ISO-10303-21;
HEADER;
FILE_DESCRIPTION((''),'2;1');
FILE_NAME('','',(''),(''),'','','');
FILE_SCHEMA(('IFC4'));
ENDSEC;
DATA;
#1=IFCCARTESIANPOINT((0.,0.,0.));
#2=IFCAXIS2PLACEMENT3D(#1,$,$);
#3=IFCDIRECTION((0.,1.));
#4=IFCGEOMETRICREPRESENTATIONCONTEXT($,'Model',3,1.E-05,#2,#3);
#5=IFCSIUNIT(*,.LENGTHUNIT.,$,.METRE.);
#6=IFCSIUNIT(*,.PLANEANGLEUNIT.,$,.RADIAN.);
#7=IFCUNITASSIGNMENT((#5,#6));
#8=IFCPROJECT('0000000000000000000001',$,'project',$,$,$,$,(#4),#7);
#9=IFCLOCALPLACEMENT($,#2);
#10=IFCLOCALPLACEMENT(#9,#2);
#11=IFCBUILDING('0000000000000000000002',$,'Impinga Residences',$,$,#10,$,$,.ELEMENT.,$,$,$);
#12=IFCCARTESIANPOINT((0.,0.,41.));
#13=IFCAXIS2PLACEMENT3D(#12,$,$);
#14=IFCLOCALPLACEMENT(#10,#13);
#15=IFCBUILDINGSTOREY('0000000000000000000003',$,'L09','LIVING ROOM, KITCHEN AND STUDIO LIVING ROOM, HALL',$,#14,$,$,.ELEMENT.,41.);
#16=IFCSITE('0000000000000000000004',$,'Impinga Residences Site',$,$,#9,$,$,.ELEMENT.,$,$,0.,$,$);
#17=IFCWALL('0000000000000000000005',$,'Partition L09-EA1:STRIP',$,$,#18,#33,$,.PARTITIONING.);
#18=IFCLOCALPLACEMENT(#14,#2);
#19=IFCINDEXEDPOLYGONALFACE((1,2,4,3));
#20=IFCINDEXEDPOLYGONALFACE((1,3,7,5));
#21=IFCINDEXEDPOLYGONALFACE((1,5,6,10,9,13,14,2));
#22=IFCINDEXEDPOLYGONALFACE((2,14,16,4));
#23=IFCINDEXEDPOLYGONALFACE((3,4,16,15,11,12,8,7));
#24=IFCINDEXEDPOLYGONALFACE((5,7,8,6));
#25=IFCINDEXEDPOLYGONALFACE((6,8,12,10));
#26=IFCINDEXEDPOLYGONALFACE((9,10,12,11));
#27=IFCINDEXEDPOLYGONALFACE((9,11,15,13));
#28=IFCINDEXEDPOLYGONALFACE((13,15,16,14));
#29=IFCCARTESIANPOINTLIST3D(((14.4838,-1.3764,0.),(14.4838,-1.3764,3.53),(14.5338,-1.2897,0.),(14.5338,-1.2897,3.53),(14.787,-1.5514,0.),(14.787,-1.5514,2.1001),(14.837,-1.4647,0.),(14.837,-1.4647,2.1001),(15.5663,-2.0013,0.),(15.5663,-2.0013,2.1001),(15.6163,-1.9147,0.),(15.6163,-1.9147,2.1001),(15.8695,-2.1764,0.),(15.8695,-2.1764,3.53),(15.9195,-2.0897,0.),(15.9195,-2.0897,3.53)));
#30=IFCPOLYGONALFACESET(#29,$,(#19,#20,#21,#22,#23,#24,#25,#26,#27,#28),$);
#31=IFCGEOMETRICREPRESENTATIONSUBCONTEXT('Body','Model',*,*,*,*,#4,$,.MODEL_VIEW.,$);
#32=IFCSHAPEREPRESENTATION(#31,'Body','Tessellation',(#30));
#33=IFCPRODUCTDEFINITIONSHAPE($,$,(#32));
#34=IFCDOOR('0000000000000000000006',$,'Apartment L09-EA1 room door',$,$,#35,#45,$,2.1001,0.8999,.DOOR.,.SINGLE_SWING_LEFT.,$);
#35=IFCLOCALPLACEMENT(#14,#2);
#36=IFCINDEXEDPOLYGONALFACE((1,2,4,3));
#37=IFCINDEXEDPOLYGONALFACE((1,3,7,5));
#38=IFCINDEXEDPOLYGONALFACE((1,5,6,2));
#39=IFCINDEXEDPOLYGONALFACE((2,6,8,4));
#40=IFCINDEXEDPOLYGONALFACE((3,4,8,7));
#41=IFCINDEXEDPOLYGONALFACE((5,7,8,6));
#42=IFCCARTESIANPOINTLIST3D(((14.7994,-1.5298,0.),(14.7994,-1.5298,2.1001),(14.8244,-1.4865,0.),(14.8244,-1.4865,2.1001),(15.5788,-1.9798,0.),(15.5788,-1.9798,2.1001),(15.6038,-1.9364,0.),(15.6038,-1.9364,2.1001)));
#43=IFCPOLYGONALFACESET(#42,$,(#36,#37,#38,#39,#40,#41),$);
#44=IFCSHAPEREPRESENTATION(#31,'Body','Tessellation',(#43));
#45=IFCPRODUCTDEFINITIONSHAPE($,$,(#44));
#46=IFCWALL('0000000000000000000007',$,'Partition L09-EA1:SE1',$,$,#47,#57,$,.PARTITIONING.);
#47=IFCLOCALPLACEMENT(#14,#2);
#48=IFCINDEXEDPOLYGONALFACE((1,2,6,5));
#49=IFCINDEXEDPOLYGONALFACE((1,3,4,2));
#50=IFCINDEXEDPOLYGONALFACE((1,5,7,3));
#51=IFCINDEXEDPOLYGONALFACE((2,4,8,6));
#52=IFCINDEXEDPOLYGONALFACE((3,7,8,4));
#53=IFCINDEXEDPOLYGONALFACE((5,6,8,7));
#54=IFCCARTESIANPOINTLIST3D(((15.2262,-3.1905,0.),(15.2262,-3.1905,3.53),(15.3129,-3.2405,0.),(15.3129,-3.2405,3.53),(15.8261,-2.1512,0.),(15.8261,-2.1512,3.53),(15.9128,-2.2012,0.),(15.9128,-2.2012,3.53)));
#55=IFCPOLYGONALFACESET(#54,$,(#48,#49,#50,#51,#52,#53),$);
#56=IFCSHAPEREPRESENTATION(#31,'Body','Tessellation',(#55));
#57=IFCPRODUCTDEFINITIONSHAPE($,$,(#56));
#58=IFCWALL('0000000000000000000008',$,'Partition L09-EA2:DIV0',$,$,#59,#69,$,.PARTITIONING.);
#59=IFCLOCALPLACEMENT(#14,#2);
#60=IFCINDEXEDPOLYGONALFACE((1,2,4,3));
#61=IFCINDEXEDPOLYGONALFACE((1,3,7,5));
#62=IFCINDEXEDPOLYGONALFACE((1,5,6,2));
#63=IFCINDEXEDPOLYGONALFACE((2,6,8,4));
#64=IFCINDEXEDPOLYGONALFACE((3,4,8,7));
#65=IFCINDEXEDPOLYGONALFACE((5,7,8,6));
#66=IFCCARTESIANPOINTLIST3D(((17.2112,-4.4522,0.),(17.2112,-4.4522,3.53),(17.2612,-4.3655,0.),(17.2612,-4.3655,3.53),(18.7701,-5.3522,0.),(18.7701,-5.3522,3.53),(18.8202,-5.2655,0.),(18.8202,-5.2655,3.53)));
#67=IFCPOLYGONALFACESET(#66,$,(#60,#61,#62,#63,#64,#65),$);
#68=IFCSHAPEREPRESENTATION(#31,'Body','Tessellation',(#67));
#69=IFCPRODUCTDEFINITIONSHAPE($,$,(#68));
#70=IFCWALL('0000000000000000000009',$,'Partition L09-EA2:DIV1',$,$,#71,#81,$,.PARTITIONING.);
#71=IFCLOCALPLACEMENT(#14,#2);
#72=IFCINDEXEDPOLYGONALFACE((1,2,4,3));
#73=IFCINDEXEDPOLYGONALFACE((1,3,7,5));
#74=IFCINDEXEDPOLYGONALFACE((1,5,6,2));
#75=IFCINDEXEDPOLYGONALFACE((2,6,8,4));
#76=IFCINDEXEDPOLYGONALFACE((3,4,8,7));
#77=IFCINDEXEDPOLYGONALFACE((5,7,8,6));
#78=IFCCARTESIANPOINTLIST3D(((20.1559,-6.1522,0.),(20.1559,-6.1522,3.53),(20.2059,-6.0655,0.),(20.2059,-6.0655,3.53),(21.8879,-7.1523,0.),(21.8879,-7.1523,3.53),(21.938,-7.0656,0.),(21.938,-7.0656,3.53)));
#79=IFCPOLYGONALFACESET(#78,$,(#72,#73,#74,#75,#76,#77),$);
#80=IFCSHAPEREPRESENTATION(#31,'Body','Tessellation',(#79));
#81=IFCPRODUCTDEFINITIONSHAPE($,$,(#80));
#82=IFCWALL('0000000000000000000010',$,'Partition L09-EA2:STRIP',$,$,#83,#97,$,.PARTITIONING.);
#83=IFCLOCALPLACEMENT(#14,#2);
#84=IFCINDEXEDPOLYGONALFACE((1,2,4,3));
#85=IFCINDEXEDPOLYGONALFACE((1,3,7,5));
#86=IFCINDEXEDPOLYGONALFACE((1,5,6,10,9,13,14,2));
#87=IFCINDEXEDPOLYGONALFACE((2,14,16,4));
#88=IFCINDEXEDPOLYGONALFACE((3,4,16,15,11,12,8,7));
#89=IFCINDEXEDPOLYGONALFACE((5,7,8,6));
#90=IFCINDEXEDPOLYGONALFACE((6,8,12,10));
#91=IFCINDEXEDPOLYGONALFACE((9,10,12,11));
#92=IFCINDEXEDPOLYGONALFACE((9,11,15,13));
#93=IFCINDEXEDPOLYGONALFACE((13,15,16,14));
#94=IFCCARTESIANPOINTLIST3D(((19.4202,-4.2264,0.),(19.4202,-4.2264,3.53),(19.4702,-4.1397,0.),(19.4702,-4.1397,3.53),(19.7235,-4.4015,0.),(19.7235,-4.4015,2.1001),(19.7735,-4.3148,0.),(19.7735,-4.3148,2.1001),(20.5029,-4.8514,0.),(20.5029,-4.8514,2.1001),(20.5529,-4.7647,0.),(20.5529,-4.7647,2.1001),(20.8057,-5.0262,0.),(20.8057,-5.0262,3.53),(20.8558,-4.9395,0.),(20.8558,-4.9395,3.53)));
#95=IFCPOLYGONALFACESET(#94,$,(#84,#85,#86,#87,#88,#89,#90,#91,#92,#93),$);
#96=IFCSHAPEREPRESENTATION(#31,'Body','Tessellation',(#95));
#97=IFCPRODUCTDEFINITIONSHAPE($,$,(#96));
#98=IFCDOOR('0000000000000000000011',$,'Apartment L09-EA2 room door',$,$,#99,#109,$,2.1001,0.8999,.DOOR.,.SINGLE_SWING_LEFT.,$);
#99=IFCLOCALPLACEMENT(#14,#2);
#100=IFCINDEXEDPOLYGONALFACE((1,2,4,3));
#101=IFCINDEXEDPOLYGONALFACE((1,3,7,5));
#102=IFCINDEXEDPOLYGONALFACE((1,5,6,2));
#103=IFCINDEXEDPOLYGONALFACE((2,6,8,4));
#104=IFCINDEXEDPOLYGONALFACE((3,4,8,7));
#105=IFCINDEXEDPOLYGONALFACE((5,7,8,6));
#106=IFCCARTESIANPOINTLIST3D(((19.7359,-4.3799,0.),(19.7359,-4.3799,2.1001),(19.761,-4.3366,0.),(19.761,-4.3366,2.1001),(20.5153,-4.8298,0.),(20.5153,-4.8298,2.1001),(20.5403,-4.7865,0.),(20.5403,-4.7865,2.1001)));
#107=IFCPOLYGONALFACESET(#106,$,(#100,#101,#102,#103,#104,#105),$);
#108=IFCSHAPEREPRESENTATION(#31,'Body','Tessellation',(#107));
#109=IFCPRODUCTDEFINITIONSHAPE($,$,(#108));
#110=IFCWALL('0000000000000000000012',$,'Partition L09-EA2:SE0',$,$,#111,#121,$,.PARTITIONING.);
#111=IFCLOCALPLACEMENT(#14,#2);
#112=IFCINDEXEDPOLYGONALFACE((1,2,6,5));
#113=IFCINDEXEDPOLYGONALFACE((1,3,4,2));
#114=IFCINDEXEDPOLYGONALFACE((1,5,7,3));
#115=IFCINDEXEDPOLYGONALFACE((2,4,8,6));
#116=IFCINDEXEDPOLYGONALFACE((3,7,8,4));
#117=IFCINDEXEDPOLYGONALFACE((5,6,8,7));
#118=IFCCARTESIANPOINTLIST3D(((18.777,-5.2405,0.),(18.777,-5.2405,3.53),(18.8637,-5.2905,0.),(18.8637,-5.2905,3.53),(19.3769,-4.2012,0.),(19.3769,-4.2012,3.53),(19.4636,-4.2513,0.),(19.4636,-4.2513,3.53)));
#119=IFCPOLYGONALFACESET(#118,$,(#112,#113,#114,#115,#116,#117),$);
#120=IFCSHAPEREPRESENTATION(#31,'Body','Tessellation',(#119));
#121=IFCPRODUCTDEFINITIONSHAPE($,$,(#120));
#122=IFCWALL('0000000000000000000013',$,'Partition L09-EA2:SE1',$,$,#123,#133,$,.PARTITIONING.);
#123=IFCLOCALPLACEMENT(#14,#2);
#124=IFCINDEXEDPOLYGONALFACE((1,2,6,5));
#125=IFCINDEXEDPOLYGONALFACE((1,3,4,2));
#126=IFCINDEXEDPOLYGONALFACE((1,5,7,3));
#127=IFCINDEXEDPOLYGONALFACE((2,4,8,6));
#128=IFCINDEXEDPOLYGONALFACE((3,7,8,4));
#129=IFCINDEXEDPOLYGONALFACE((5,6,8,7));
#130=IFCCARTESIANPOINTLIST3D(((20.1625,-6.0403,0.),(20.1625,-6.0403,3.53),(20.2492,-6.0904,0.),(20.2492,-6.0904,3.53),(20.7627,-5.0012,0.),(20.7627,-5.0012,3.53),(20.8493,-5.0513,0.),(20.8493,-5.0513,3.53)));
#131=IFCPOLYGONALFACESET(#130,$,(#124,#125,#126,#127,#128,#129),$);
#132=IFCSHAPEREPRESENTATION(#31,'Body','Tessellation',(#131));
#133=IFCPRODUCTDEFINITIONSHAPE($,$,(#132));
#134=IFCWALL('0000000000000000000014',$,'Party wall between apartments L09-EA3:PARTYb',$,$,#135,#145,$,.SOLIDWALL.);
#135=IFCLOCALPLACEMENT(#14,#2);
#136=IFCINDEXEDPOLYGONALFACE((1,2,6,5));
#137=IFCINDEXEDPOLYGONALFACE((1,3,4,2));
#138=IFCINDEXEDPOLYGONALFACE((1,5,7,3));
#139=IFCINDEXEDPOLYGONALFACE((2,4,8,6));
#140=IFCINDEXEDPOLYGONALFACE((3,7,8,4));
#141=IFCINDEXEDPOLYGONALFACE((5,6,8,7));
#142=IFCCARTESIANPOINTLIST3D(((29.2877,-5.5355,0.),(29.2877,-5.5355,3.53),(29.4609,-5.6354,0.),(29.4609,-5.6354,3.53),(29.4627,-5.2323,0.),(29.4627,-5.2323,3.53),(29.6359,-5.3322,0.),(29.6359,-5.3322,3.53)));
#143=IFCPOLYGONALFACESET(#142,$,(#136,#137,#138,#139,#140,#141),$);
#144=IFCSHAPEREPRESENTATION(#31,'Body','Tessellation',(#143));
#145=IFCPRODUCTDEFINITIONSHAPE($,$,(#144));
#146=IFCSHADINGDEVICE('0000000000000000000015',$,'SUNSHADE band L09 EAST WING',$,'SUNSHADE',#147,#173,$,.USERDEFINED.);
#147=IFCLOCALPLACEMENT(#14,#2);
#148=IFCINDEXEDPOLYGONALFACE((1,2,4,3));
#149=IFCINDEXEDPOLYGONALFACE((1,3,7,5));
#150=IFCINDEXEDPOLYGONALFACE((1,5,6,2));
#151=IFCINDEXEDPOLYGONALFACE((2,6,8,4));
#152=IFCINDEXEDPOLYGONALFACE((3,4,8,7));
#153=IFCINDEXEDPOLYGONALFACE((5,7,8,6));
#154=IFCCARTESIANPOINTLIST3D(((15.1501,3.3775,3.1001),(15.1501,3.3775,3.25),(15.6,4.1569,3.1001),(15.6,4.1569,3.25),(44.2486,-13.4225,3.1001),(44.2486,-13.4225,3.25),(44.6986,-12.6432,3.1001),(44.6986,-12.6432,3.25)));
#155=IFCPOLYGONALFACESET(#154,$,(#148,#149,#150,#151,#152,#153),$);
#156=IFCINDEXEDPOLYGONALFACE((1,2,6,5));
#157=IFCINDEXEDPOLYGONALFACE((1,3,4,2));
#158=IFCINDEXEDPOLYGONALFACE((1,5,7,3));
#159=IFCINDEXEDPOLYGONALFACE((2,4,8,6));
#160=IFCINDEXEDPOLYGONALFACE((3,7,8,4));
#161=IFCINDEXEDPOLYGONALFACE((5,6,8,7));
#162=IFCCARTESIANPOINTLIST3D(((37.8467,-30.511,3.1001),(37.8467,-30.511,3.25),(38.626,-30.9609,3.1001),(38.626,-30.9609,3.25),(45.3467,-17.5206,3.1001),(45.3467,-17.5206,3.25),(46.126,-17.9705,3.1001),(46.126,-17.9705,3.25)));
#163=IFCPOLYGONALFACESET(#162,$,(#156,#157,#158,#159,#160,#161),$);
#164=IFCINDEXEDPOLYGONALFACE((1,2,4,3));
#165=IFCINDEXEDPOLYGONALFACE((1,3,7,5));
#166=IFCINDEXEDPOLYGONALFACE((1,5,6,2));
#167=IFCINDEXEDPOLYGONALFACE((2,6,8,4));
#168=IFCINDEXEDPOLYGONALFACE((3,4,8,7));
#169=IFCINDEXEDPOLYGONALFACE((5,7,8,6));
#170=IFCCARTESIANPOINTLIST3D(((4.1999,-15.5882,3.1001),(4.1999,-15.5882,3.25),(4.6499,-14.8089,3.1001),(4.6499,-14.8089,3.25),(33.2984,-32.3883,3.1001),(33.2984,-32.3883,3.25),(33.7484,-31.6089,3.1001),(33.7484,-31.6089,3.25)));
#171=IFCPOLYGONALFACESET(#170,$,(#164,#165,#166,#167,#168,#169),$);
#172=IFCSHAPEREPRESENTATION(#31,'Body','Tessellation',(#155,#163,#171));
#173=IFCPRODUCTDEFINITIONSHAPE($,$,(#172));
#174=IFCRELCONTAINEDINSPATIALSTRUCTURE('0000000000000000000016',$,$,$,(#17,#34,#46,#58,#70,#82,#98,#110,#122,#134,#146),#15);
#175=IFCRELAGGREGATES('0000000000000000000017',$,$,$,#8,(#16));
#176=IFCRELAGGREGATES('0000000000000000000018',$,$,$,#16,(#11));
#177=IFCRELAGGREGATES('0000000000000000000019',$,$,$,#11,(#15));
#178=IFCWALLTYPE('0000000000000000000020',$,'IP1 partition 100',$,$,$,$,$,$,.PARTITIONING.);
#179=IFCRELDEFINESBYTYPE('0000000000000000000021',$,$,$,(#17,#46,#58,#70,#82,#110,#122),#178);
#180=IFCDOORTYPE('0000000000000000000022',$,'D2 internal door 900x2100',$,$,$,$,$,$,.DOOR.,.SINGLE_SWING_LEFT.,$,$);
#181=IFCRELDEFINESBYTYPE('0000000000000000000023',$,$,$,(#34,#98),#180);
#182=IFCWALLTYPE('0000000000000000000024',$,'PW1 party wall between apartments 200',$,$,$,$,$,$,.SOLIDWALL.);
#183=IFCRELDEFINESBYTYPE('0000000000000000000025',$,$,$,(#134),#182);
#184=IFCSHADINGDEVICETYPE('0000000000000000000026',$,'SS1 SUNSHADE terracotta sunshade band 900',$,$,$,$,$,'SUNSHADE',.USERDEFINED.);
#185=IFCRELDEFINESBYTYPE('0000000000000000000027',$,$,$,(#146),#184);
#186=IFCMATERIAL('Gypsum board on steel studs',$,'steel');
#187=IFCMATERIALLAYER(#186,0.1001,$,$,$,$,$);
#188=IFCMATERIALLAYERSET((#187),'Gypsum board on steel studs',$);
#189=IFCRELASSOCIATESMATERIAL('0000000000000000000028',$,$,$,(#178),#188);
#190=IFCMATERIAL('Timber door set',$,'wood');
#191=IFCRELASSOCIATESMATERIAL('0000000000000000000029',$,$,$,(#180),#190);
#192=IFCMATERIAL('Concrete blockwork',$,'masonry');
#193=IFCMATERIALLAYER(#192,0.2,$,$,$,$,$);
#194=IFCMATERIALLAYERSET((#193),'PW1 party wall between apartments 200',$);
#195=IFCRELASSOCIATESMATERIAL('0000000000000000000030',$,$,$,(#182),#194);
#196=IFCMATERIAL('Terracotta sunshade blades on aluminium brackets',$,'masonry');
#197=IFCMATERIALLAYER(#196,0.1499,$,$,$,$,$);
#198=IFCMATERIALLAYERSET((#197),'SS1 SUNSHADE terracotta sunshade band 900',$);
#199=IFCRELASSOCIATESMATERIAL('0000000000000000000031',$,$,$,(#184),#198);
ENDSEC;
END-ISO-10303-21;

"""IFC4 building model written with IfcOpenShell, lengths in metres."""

from ifc_helpers import new_model, si_unit, direction, frame, frame_2d, origin, origin_2d, place, context, subcontext, project, spatial, rectangle, extrude, material, layer, layer_set, type_object, element, fill, save


model = new_model("IFC4")

# Units and contexts
model_context = context("Model", 3, precision=1e-05, world=origin(), true_north=direction((0.0, 1.0)))
body_context = subcontext(model_context, "Body", "Model", "MODEL_VIEW")
ifc_project = project(units=[si_unit("LENGTHUNIT", "METRE"), si_unit("PLANEANGLEUNIT", "RADIAN")], contexts=[model_context])

# Site, building, storey
site_placement = place(None, origin())
site = spatial("IfcSite", under=ifc_project, at=site_placement, Name="Impinga Residences Site", CompositionType="ELEMENT", RefElevation=0.0)
building_placement = place(site_placement, origin())
building = spatial("IfcBuilding", under=site, at=building_placement, Name="Impinga Residences", CompositionType="ELEMENT")
storey_placement = place(building_placement, frame((0.0, 0.0, 41.0)))
storey = spatial("IfcBuildingStorey", under=building, at=storey_placement, Name="L09", Description="LIVING ROOM, KITCHEN AND STUDIO LIVING ROOM, HALL", CompositionType="ELEMENT", Elevation=41.0)

# Shared definitions
ifc_material_1 = material(Name="Gypsum board on steel studs", Category="steel")
ifc_layer_1 = layer(ifc_material_1, 0.1001)
ifc_layer_set_1 = layer_set([ifc_layer_1], Name="Gypsum board on steel studs")
wall_type_1 = type_object("IfcWallType", Name="IP1 partition 100", PredefinedType="PARTITIONING", material=ifc_layer_set_1)

# Wall, opening, door
wall_1_placement = place(storey_placement, frame((14.5088, -1.333, 0.0), z_axis=(0.0, 0.0, 1.0), x_axis=(0.866028, -0.499995, 0.0)))
wall_1 = element("IfcWall", 1, at=wall_1_placement, inside=storey, type_object=wall_type_1, Name="Partition L09-EA1:STRIP", PredefinedType="PARTITIONING", context=body_context, shape_type="SweptSolid", body=[
    extrude(rectangle(XDim=1.6001, YDim=0.1001, at=frame_2d((0.8, 0.0))), origin(), (0.0, 0.0, 1.0), 3.53),
])
opening_1_placement = place(wall_1_placement, frame((0.3501, 0.0, 0.0)))
opening_1 = element("IfcOpeningElement", 2, at=opening_1_placement, cuts=wall_1, PredefinedType="OPENING", context=body_context, shape_type="SweptSolid", body=[
    extrude(rectangle(XDim=0.8999, YDim=2.1001, at=frame_2d((0.45, 1.05))), frame((0.0, 0.0601, 0.0), z_axis=(0.0, -1.0, 0.0), x_axis=(1.0, 0.0, 0.0)), (0.0, 0.0, 1.0), 0.1201),
])
ifc_material_2 = material(Name="Timber door set", Category="wood")
door_type = type_object("IfcDoorType", Name="D2 internal door 900x2100", OperationType="SINGLE_SWING_LEFT", PredefinedType="DOOR", material=ifc_material_2)
door_1_placement = place(opening_1_placement, origin())
door_1 = element("IfcDoor", 3, at=door_1_placement, inside=storey, type_object=door_type, Name="Apartment L09-EA1 room door", OperationType="SINGLE_SWING_LEFT", OverallHeight=2.1001, OverallWidth=0.8999, PredefinedType="DOOR", context=body_context, shape_type="SweptSolid", body=[
    extrude(rectangle(XDim=0.8999, YDim=2.1001, at=frame_2d((0.45, 1.05))), frame((0.0, 0.0249, 0.0), z_axis=(0.0, -1.0, 0.0), x_axis=(1.0, 0.0, 0.0)), (0.0, 0.0, 1.0), 0.05),
])
fill(opening_1, door_1)

# Walls
wall_2_placement = place(storey_placement, frame((15.2695, -3.2156, 0.0), z_axis=(0.0, 0.0, 1.0), x_axis=(0.499881, 0.866094, 0.0)))
element("IfcWall", 4, at=wall_2_placement, inside=storey, type_object=wall_type_1, Name="Partition L09-EA1:SE1", PredefinedType="PARTITIONING", context=body_context, shape_type="SweptSolid", body=[
    extrude(rectangle(XDim=1.2, YDim=0.1001, at=frame_2d((0.6001, 0.0))), origin(), (0.0, 0.0, 1.0), 3.53),
])
wall_3_placement = place(storey_placement, frame((17.2363, -4.4089, 0.0), z_axis=(0.0, 0.0, 1.0), x_axis=(0.866048, -0.499961, 0.0)))
element("IfcWall", 5, at=wall_3_placement, inside=storey, type_object=wall_type_1, Name="Partition L09-EA2:DIV0", PredefinedType="PARTITIONING", context=body_context, shape_type="SweptSolid", body=[
    extrude(rectangle(XDim=1.8, YDim=0.1001, at=frame_2d((0.8999, 0.0))), origin(), (0.0, 0.0, 1.0), 3.53),
])
wall_4_placement = place(storey_placement, frame((20.1809, -6.1089, 0.0), z_axis=(0.0, 0.0, 1.0), x_axis=(0.866011, -0.500025, 0.0)))
element("IfcWall", 6, at=wall_4_placement, inside=storey, type_object=wall_type_1, Name="Partition L09-EA2:DIV1", PredefinedType="PARTITIONING", context=body_context, shape_type="SweptSolid", body=[
    extrude(rectangle(XDim=2.0, YDim=0.1001, at=frame_2d((1.0, 0.0))), origin(), (0.0, 0.0, 1.0), 3.53),
])

# Wall, opening, door
wall_5_placement = place(storey_placement, frame((19.4453, -4.1831, 0.0), z_axis=(0.0, 0.0, 1.0), x_axis=(0.866056, -0.499947, 0.0)))
wall_5 = element("IfcWall", 7, at=wall_5_placement, inside=storey, type_object=wall_type_1, Name="Partition L09-EA2:STRIP", PredefinedType="PARTITIONING", context=body_context, shape_type="SweptSolid", body=[
    extrude(rectangle(XDim=1.5999, YDim=0.1001, at=frame_2d((0.7998, 0.0))), origin(), (0.0, 0.0, 1.0), 3.53),
])
opening_2_placement = place(wall_5_placement, frame((0.3501, 0.0, 0.0)))
opening_2 = element("IfcOpeningElement", 8, at=opening_2_placement, cuts=wall_5, PredefinedType="OPENING", context=body_context, shape_type="SweptSolid", body=[
    extrude(rectangle(XDim=0.8999, YDim=2.1001, at=frame_2d((0.45, 1.05))), frame((0.0, 0.0601, 0.0), z_axis=(0.0, -1.0, 0.0), x_axis=(1.0, 0.0, 0.0)), (0.0, 0.0, 1.0), 0.1201),
])
door_2_placement = place(opening_2_placement, origin())
door_2 = element("IfcDoor", 9, at=door_2_placement, inside=storey, type_object=door_type, Name="Apartment L09-EA2 room door", OperationType="SINGLE_SWING_LEFT", OverallHeight=2.1001, OverallWidth=0.8999, PredefinedType="DOOR", context=body_context, shape_type="SweptSolid", body=[
    extrude(rectangle(XDim=0.8999, YDim=2.1001, at=frame_2d((0.45, 1.05))), frame((0.0, 0.0249, 0.0), z_axis=(0.0, -1.0, 0.0), x_axis=(1.0, 0.0, 0.0)), (0.0, 0.0, 1.0), 0.05),
])
fill(opening_2, door_2)

# Walls
for number, where, z_axis, x_axis, name in (
    (10, (18.8203, -5.2656, 0.0), (0.0, 0.0, 1.0), (0.499881, 0.866094, 0.0), "Partition L09-EA2:SE0"),
    (11, (20.2058, -6.0654, 0.0), (0.0, 0.0, 1.0), (0.500122, 0.865955, 0.0), "Partition L09-EA2:SE1"),
):
    element("IfcWall", number, at=place(storey_placement, frame(where, z_axis=z_axis, x_axis=x_axis)), inside=storey, type_object=wall_type_1, Name=name, PredefinedType="PARTITIONING", context=body_context, shape_type="SweptSolid", body=[
        extrude(rectangle(XDim=1.2, YDim=0.1001, at=frame_2d((0.6001, 0.0))), origin(), (0.0, 0.0, 1.0), 3.53),
    ])
ifc_material_3 = material(Name="Concrete blockwork", Category="masonry")
ifc_layer_2 = layer(ifc_material_3, 0.2)
ifc_layer_set_2 = layer_set([ifc_layer_2], Name="PW1 party wall between apartments 200")
wall_type_2 = type_object("IfcWallType", Name="PW1 party wall between apartments 200", PredefinedType="SOLIDWALL", material=ifc_layer_set_2)
wall_6_placement = place(storey_placement, frame((29.3743, -5.5854, 0.0), z_axis=(0.0, 0.0, 1.0), x_axis=(0.499964, 0.866046, 0.0)))
element("IfcWall", 12, at=wall_6_placement, inside=storey, type_object=wall_type_2, Name="Party wall between apartments L09-EA3:PARTYb", PredefinedType="SOLIDWALL", context=body_context, shape_type="SweptSolid", body=[
    extrude(rectangle(XDim=0.3501, YDim=0.2, at=frame_2d((0.175, 0.0))), origin(), (0.0, 0.0, 1.0), 3.53),
])

# Shading device
ifc_material_4 = material(Name="Terracotta sunshade blades on aluminium brackets", Category="masonry")
ifc_layer_3 = layer(ifc_material_4, 0.1499)
ifc_layer_set_3 = layer_set([ifc_layer_3], Name="SS1 SUNSHADE terracotta sunshade band 900")
shading_device_type = type_object("IfcShadingDeviceType", Name="SS1 SUNSHADE terracotta sunshade band 900", ElementType="SUNSHADE", PredefinedType="USERDEFINED", material=ifc_layer_set_3)
shading_device_placement = place(storey_placement, frame((29.9243, -4.6328, 3.1001), z_axis=(0.0, 0.0, 1.0), x_axis=(0.866025, -0.5, 0.0)))
element("IfcShadingDevice", 13, at=shading_device_placement, inside=storey, type_object=shading_device_type, Name="SUNSHADE band L09 EAST WING", ObjectType="SUNSHADE", PredefinedType="USERDEFINED", context=body_context, shape_type="SweptSolid", body=[
    extrude(rectangle(XDim=33.6001, YDim=0.8999, at=origin_2d()), origin(), (0.0, 0.0, 1.0), 0.1499),
    extrude(rectangle(XDim=15.0, YDim=0.8999, at=origin_2d()), frame((20.25, -10.95, 0.0), z_axis=(0.0, 0.0, 1.0), x_axis=(0.0, -1.0, 0.0)), (0.0, 0.0, 1.0), 0.1499),
    extrude(rectangle(XDim=33.6001, YDim=0.8999, at=origin_2d()), frame((-0.0002, -21.8999, 0.0), z_axis=(0.0, 0.0, 1.0), x_axis=(-1.0, 0.0, 0.0)), (0.0, 0.0, 1.0), 0.1499),
])

save(model, "model.ifc")
